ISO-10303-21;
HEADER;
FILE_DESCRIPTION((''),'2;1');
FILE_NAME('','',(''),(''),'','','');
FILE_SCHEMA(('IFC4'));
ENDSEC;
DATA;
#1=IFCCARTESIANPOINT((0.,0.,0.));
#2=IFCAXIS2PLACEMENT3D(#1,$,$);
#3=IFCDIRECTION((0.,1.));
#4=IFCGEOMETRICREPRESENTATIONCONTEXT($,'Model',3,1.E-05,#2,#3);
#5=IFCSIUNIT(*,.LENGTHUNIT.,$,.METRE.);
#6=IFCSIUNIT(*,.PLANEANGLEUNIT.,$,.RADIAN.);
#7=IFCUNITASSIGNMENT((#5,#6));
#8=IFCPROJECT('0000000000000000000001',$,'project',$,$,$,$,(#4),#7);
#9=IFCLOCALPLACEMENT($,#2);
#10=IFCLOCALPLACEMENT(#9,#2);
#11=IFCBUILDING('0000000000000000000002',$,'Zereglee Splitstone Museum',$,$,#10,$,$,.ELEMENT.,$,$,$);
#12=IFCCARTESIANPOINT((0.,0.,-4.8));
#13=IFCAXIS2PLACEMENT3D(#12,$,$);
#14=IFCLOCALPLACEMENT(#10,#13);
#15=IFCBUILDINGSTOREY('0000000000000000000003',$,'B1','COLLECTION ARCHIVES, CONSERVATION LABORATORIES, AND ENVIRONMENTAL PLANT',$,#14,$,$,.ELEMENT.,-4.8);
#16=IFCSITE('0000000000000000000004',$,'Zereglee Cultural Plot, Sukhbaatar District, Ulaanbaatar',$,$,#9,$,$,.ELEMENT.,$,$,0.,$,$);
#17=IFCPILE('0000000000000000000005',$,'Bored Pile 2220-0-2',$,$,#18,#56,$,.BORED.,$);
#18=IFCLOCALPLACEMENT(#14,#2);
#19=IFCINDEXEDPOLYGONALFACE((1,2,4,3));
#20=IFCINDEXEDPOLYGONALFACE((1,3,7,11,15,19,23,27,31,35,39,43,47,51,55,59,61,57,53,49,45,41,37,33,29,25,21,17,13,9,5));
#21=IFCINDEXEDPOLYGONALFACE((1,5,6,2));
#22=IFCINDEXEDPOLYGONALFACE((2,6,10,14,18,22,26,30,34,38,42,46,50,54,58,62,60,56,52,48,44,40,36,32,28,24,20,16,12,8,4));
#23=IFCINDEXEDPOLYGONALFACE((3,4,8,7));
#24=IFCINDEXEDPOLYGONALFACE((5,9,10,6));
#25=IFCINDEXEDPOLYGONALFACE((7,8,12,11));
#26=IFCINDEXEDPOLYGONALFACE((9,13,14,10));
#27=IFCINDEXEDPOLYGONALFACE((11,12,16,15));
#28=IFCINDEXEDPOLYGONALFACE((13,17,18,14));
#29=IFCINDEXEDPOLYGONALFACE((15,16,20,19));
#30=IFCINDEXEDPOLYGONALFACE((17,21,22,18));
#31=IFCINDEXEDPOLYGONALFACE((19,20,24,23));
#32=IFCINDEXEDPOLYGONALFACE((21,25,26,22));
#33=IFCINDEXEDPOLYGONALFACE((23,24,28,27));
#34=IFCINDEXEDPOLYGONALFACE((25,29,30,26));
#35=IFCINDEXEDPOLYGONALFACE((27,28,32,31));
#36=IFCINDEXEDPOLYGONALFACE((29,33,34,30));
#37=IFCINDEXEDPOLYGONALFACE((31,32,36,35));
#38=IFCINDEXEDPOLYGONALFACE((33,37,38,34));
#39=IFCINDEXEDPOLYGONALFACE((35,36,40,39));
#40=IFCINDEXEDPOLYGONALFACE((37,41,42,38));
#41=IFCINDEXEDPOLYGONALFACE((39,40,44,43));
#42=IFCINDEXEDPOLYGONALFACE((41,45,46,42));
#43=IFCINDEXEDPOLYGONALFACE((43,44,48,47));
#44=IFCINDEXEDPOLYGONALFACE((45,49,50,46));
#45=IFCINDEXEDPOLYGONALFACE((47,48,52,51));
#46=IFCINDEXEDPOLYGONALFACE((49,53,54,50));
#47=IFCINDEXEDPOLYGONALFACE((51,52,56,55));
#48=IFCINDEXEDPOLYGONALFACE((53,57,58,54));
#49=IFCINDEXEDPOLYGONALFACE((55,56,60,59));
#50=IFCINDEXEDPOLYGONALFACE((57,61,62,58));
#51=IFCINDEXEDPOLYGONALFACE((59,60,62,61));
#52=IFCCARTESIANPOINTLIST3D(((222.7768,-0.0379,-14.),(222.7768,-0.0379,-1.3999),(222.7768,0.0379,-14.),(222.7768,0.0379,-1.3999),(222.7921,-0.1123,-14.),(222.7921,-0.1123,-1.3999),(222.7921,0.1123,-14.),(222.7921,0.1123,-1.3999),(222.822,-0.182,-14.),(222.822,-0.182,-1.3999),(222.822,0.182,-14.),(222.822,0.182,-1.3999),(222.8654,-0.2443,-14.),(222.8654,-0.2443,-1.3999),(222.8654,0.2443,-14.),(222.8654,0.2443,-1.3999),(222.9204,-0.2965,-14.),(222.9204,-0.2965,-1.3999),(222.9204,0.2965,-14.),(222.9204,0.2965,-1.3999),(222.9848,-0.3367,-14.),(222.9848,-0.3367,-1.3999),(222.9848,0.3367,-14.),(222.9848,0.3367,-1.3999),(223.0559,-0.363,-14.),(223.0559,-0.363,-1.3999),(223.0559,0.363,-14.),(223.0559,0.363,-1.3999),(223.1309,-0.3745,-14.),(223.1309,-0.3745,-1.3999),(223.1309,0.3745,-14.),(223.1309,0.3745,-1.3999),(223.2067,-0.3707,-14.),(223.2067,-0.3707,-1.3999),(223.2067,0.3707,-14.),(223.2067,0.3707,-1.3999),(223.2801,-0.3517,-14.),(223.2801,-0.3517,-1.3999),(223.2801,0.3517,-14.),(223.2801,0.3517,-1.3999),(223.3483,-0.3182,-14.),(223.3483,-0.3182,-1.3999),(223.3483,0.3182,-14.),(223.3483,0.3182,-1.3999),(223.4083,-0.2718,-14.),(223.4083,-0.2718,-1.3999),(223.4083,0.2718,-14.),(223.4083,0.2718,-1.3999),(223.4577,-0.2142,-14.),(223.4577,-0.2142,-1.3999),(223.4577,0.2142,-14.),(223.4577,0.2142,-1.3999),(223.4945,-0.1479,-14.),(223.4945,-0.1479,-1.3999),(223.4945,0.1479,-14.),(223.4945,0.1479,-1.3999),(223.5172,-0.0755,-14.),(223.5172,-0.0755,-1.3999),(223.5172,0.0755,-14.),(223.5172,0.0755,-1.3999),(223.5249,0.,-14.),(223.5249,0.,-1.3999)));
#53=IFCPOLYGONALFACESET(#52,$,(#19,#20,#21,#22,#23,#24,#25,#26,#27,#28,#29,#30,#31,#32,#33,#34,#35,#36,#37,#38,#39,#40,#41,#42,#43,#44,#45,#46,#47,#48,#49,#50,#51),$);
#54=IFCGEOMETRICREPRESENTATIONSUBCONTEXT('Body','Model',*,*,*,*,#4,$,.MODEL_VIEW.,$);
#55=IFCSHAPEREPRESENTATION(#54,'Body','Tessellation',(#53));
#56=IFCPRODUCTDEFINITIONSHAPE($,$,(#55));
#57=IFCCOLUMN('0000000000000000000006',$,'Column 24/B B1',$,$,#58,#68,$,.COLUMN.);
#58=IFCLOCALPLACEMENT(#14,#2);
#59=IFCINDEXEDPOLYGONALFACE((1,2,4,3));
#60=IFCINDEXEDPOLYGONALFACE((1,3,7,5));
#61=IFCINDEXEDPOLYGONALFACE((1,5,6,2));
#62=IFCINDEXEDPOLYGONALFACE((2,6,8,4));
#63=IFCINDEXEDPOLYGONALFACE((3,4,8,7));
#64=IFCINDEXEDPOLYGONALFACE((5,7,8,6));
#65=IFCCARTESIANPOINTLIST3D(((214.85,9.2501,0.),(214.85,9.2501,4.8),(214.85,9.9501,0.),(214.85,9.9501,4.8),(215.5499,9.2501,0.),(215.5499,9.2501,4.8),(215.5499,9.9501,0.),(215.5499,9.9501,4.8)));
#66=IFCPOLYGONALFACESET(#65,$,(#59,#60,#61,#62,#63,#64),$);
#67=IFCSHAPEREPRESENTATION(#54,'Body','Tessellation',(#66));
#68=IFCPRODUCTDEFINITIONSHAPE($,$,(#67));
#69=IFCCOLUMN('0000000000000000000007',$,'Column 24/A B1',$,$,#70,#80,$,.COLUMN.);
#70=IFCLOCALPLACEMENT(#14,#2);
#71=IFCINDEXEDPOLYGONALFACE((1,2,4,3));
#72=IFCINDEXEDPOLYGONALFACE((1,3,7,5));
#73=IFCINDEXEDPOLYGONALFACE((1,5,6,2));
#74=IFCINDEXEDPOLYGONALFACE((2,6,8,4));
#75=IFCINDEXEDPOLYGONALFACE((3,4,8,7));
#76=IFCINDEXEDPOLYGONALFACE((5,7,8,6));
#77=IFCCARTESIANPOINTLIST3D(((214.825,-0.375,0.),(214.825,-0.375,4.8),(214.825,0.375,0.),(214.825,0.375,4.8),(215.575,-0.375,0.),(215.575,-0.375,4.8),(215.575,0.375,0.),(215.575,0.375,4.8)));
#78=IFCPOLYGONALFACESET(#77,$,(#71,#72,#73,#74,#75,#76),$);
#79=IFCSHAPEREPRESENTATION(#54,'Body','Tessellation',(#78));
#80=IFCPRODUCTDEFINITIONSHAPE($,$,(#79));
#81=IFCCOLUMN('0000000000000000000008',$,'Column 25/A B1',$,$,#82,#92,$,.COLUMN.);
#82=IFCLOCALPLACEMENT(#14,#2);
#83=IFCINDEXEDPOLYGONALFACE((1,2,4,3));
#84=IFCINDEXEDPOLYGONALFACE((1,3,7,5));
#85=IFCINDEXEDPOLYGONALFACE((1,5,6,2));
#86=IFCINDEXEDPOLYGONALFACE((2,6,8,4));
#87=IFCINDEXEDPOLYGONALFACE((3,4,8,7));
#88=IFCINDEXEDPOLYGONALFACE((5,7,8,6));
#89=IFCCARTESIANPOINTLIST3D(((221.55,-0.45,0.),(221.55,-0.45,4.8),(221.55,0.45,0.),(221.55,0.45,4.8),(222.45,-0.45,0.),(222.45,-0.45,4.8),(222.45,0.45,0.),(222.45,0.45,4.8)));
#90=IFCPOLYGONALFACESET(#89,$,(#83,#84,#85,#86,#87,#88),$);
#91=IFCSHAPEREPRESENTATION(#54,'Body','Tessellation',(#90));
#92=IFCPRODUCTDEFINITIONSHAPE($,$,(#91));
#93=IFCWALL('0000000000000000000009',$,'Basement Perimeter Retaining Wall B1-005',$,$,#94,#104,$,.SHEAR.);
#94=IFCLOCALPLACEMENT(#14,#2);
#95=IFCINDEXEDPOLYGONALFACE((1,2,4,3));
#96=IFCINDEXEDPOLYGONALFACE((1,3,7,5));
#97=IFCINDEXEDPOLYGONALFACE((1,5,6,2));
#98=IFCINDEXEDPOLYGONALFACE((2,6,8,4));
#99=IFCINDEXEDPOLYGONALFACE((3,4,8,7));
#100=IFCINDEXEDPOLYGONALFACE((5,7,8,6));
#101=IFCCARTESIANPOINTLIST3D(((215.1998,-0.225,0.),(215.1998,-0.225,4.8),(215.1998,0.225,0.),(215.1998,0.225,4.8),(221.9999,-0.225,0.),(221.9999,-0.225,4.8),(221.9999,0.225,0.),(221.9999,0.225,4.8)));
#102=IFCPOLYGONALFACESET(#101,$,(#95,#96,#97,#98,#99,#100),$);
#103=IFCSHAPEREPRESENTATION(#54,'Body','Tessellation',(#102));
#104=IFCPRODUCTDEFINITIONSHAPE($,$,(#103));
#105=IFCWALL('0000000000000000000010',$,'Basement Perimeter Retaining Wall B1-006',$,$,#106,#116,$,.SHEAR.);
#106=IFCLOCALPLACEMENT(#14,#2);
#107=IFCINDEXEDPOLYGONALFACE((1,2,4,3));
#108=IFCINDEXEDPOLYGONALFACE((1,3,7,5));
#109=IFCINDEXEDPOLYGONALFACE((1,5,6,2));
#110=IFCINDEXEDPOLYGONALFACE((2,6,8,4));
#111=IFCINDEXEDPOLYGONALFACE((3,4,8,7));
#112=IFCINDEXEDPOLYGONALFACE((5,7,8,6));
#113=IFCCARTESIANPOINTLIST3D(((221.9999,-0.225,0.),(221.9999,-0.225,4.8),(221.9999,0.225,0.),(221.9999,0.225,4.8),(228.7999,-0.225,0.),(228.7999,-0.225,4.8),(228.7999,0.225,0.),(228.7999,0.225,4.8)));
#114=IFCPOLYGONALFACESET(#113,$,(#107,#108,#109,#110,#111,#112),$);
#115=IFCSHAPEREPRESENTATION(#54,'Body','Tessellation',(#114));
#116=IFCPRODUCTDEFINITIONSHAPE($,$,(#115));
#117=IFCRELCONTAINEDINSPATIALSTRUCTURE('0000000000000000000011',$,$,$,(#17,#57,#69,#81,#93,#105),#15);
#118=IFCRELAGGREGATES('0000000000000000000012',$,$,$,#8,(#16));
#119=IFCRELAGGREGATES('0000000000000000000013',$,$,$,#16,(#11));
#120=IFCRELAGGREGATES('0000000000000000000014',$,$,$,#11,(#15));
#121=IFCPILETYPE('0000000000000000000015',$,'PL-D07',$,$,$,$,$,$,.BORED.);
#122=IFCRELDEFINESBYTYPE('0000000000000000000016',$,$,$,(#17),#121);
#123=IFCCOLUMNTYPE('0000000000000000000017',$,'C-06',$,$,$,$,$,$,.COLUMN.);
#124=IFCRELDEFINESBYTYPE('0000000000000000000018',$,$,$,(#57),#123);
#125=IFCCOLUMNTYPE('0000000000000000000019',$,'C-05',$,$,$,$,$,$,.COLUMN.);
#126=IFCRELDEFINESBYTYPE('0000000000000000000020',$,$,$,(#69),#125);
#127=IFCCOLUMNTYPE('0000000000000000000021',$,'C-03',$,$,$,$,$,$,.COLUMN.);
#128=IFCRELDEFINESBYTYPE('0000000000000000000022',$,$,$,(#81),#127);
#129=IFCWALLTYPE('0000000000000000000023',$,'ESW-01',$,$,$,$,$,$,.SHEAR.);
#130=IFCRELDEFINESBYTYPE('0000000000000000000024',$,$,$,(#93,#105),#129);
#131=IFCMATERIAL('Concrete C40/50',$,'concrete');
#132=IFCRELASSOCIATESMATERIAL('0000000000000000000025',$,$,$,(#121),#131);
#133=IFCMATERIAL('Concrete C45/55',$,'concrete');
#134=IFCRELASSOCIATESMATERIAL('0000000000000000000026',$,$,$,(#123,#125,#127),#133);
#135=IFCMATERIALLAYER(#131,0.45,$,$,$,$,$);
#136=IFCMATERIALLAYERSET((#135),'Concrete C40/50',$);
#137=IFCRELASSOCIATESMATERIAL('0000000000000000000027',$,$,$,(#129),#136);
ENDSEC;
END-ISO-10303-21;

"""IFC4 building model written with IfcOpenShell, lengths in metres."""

from ifc_helpers import new_model, si_unit, direction, frame, frame_2d, origin, origin_2d, place, context, subcontext, project, spatial, rectangle, circle, extrude, material, layer, layer_set, material_profile, profile_set, type_object, element, save


model = new_model("IFC4")

# Units and contexts
model_context = context("Model", 3, precision=1e-05, world=origin(), true_north=direction((0.0, 1.0)))
body_context = subcontext(model_context, "Body", "Model", "MODEL_VIEW")
ifc_project = project(units=[si_unit("LENGTHUNIT", "METRE"), si_unit("PLANEANGLEUNIT", "RADIAN")], contexts=[model_context])

# Site, building, storey
site_placement = place(None, origin())
site = spatial("IfcSite", under=ifc_project, at=site_placement, Name="Zereglee Cultural Plot, Sukhbaatar District, Ulaanbaatar", CompositionType="ELEMENT", RefElevation=0.0)
building_placement = place(site_placement, origin())
building = spatial("IfcBuilding", under=site, at=building_placement, Name="Zereglee Splitstone Museum", CompositionType="ELEMENT")
storey_placement = place(building_placement, frame((0.0, 0.0, -4.8)))
storey = spatial("IfcBuildingStorey", under=building, at=storey_placement, Name="B1", Description="COLLECTION ARCHIVES, CONSERVATION LABORATORIES, AND ENVIRONMENTAL PLANT", CompositionType="ELEMENT", Elevation=-4.8)

# Shared definitions
ifc_material_1 = material(Name="Concrete C40/50", Category="concrete")

# Pile
ifc_material_profile_1 = material_profile(ifc_material_1, circle(Radius=0.375, at=origin_2d()), Name="PILE D750")
ifc_profile_set_1 = profile_set([ifc_material_profile_1], Name="Concrete C40/50")
pile_type = type_object("IfcPileType", Name="PL-D07", PredefinedType="BORED", material=ifc_profile_set_1)
for number, where, z_axis, x_axis, name in (
    (1, (223.1499, 0.0, -1.3999), (0.0, 0.0, -1.0), (1.0, 0.0, 0.0), "Bored Pile 2220-0-2"),
):
    element("IfcPile", number, at=place(storey_placement, frame(where, z_axis=z_axis, x_axis=x_axis)), inside=storey, type_object=pile_type, Name=name, PredefinedType="BORED", context=body_context, shape_type="SweptSolid", body=[
        extrude(circle(Radius=0.375, at=origin_2d()), origin(), (0.0, 0.0, 1.0), 12.6001),
    ])

# Columns
ifc_material_2 = material(Name="Concrete C45/55", Category="concrete")
ifc_material_profile_2 = material_profile(ifc_material_2, rectangle(XDim=0.7, YDim=0.7, at=origin_2d()), Name="RC 700x700")
ifc_profile_set_2 = profile_set([ifc_material_profile_2], Name="Concrete C45/55")
column_type_1 = type_object("IfcColumnType", Name="C-06", PredefinedType="COLUMN", material=ifc_profile_set_2)
column_1_placement = place(storey_placement, frame((215.2, 9.6001, 0.0), z_axis=(0.0, 0.0, 1.0), x_axis=(1.0, 0.0, 0.0)))
element("IfcColumn", 2, at=column_1_placement, inside=storey, type_object=column_type_1, Name="Column 24/B B1", PredefinedType="COLUMN", context=body_context, shape_type="SweptSolid", body=[
    extrude(rectangle(XDim=0.7, YDim=0.7, at=origin_2d()), origin(), (0.0, 0.0, 1.0), 4.8),
])
ifc_material_profile_3 = material_profile(ifc_material_2, rectangle(XDim=0.75, YDim=0.75, at=origin_2d()), Name="RC 750x750")
ifc_profile_set_3 = profile_set([ifc_material_profile_3], Name="Concrete C45/55")
column_type_2 = type_object("IfcColumnType", Name="C-05", PredefinedType="COLUMN", material=ifc_profile_set_3)
column_2_placement = place(storey_placement, frame((215.2, 0.0, 0.0), z_axis=(0.0, 0.0, 1.0), x_axis=(1.0, 0.0, 0.0)))
element("IfcColumn", 3, at=column_2_placement, inside=storey, type_object=column_type_2, Name="Column 24/A B1", PredefinedType="COLUMN", context=body_context, shape_type="SweptSolid", body=[
    extrude(rectangle(XDim=0.75, YDim=0.75, at=origin_2d()), origin(), (0.0, 0.0, 1.0), 4.8),
])
ifc_material_profile_4 = material_profile(ifc_material_2, rectangle(XDim=0.8999, YDim=0.8999, at=origin_2d()), Name="RC 900x900")
ifc_profile_set_4 = profile_set([ifc_material_profile_4], Name="Concrete C45/55")
column_type_3 = type_object("IfcColumnType", Name="C-03", PredefinedType="COLUMN", material=ifc_profile_set_4)
column_3_placement = place(storey_placement, frame((222.0, 0.0, 0.0), z_axis=(0.0, 0.0, 1.0), x_axis=(1.0, 0.0, 0.0)))
element("IfcColumn", 4, at=column_3_placement, inside=storey, type_object=column_type_3, Name="Column 25/A B1", PredefinedType="COLUMN", context=body_context, shape_type="SweptSolid", body=[
    extrude(rectangle(XDim=0.8999, YDim=0.8999, at=origin_2d()), origin(), (0.0, 0.0, 1.0), 4.8),
])

# Walls
ifc_layer_1 = layer(ifc_material_1, 0.45)
ifc_layer_set_1 = layer_set([ifc_layer_1], Name="Concrete C40/50")
wall_type = type_object("IfcWallType", Name="ESW-01", PredefinedType="SHEAR", material=ifc_layer_set_1)
for number, where, z_axis, x_axis, name in (
    (5, (215.2, 0.0, 0.0), (0.0, 0.0, 1.0), (1.0, 0.0, 0.0), "Basement Perimeter Retaining Wall B1-005"),
    (6, (222.0, 0.0, 0.0), (0.0, 0.0, 1.0), (1.0, 0.0, 0.0), "Basement Perimeter Retaining Wall B1-006"),
):
    element("IfcWall", number, at=place(storey_placement, frame(where, z_axis=z_axis, x_axis=x_axis)), inside=storey, type_object=wall_type, Name=name, PredefinedType="SHEAR", context=body_context, shape_type="SweptSolid", body=[
        extrude(rectangle(XDim=6.8, YDim=0.45, at=frame_2d((3.3999, 0.0))), origin(), (0.0, 0.0, 1.0), 4.8),
    ])

save(model, "model.ifc")
